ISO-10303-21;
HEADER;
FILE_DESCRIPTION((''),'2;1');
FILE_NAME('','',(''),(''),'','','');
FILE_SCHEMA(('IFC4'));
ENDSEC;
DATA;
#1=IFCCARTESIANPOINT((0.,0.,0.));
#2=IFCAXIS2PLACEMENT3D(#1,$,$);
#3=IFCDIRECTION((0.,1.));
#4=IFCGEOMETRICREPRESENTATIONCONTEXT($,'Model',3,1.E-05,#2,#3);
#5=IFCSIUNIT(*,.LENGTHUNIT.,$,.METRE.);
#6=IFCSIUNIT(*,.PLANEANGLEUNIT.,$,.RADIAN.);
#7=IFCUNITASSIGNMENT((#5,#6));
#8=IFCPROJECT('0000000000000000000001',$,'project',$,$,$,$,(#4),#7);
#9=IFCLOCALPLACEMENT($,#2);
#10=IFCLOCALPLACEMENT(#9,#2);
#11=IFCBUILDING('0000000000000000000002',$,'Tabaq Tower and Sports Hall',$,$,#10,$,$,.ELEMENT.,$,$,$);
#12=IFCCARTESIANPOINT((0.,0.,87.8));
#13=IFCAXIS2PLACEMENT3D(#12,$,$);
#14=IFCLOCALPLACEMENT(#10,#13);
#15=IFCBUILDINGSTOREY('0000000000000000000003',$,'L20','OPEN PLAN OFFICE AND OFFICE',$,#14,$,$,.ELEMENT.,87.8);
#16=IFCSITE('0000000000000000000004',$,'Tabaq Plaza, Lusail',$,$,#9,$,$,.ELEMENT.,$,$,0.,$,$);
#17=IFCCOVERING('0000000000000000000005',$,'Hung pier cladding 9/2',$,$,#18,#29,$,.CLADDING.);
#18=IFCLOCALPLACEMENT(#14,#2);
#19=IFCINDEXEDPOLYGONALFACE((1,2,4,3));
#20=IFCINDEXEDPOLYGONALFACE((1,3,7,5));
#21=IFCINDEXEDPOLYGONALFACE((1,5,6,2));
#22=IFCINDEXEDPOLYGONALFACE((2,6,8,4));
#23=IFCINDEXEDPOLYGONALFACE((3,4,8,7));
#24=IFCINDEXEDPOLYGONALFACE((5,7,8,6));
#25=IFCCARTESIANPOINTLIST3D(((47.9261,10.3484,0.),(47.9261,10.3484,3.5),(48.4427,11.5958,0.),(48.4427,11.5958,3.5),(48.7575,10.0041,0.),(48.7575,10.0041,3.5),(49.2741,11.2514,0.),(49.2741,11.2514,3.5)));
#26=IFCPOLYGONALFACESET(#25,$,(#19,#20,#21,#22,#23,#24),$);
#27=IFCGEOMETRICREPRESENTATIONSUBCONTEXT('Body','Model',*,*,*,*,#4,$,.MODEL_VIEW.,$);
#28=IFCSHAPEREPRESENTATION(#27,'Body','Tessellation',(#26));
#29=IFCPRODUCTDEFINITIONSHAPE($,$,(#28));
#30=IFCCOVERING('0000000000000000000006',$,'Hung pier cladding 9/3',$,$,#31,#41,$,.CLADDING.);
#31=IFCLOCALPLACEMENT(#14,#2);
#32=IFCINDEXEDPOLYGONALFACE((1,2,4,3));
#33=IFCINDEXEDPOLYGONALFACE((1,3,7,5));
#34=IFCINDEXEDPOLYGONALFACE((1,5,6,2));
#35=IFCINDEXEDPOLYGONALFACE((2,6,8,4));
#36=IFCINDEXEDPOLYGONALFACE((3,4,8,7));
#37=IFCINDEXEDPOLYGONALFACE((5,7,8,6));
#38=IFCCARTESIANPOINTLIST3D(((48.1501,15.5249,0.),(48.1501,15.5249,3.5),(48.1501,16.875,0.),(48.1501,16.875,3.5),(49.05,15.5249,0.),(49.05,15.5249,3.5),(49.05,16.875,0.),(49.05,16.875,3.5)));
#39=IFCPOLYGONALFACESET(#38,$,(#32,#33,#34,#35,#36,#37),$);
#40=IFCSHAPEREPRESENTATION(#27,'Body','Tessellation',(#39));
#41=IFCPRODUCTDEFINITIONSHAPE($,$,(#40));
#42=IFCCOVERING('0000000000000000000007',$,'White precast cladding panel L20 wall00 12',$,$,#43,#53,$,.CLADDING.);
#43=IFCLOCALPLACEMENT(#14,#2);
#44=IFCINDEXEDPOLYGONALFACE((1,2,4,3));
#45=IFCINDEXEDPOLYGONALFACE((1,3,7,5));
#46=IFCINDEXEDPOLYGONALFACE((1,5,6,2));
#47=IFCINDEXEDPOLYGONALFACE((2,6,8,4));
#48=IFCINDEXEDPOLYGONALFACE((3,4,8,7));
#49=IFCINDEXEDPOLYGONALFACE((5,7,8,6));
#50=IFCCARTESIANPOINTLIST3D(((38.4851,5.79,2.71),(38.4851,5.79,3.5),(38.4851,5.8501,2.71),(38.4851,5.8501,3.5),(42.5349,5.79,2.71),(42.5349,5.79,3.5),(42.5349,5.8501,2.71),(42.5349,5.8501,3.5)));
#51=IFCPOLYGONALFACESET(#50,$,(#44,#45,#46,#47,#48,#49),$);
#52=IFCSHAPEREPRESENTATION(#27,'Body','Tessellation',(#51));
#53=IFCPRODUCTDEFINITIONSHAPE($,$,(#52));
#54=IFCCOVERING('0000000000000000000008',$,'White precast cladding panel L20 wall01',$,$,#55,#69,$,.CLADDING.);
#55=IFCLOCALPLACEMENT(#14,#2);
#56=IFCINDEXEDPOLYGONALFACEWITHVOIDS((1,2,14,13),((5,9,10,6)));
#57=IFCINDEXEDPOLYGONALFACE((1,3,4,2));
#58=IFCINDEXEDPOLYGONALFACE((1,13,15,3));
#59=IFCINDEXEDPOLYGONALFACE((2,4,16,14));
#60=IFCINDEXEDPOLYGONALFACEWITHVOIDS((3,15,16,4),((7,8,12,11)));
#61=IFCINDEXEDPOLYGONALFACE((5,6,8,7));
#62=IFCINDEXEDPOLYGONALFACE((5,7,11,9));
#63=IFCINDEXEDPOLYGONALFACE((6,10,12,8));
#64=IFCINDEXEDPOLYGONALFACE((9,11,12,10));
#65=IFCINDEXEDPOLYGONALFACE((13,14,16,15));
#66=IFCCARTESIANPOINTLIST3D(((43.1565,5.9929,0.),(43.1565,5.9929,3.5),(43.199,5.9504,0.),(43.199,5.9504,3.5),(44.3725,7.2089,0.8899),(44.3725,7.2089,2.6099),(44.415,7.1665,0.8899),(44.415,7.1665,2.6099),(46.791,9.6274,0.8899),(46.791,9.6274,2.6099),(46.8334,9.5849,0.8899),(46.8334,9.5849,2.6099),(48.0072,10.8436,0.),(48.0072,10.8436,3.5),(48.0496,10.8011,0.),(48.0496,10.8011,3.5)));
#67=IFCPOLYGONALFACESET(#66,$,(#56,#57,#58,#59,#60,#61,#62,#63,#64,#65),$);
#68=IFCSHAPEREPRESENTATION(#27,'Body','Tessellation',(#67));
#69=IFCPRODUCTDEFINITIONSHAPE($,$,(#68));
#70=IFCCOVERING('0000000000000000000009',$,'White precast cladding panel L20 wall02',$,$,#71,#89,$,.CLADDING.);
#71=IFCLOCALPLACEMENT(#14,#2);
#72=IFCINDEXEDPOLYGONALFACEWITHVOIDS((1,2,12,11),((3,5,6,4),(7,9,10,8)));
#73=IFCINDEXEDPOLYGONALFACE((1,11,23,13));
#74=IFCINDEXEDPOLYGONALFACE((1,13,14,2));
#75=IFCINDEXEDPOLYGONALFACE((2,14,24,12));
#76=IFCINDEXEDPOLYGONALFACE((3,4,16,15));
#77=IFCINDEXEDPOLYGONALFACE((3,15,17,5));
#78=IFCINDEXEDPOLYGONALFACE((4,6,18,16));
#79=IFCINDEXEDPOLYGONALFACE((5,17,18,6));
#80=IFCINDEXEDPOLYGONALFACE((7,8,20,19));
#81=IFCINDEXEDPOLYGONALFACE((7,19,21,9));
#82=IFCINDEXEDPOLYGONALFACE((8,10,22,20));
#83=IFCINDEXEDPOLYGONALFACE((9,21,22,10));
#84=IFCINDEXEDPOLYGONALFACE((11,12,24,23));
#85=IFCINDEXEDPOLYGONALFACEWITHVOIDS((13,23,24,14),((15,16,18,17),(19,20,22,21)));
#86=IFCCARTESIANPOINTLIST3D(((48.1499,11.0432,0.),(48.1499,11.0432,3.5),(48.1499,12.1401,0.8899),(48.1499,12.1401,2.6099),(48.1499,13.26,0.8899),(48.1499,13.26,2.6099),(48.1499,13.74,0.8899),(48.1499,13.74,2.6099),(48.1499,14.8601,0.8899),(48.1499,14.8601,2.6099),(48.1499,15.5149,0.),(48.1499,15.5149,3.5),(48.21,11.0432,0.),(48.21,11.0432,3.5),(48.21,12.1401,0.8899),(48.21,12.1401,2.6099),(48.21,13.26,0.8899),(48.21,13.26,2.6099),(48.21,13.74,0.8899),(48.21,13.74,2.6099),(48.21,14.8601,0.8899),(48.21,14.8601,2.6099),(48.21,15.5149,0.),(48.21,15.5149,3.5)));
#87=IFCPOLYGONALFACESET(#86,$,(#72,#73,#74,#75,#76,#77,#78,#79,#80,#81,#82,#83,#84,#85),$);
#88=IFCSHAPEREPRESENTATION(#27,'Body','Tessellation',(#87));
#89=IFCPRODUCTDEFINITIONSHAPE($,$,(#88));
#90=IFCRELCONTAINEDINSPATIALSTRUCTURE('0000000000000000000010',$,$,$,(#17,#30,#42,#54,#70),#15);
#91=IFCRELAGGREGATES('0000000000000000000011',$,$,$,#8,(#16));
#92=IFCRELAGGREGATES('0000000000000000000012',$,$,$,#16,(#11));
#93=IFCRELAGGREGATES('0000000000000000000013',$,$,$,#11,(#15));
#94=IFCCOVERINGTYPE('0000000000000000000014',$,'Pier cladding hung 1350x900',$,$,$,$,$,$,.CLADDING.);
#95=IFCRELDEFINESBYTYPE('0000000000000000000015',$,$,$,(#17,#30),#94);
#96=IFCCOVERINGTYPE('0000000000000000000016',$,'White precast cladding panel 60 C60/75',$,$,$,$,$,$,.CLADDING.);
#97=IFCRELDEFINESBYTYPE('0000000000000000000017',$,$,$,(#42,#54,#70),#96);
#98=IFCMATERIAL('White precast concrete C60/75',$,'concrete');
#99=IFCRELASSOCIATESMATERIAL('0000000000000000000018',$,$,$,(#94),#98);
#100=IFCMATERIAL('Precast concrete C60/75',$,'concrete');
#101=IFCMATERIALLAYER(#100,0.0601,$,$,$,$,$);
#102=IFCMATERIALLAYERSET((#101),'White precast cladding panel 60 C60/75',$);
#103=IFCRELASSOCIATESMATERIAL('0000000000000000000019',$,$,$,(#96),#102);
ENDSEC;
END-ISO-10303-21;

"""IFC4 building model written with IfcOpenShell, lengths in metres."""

from ifc_helpers import new_model, si_unit, direction, frame, frame_2d, origin, place, context, subcontext, project, spatial, polyline, rectangle, outline, extrude, material, layer, layer_set, type_object, element, save


model = new_model("IFC4")

# Units and contexts
model_context = context("Model", 3, precision=1e-05, world=origin(), true_north=direction((0.0, 1.0)))
body_context = subcontext(model_context, "Body", "Model", "MODEL_VIEW")
ifc_project = project(units=[si_unit("LENGTHUNIT", "METRE"), si_unit("PLANEANGLEUNIT", "RADIAN")], contexts=[model_context])

# Site, building, storey
site_placement = place(None, origin())
site = spatial("IfcSite", under=ifc_project, at=site_placement, Name="Tabaq Plaza, Lusail", CompositionType="ELEMENT", RefElevation=0.0)
building_placement = place(site_placement, origin())
building = spatial("IfcBuilding", under=site, at=building_placement, Name="Tabaq Tower and Sports Hall", CompositionType="ELEMENT")
storey_placement = place(building_placement, frame((0.0, 0.0, 87.8)))
storey = spatial("IfcBuildingStorey", under=building, at=storey_placement, Name="L20", Description="OPEN PLAN OFFICE AND OFFICE", CompositionType="ELEMENT", Elevation=87.8)

# Coverings
ifc_material_1 = material(Name="White precast concrete C60/75", Category="concrete")
covering_type_1 = type_object("IfcCoveringType", Name="Pier cladding hung 1350x900", PredefinedType="CLADDING", material=ifc_material_1)
for number, where, z_axis, x_axis, name in (
    (1, (48.3418, 10.1763, 0.0), (0.0, 0.0, 1.0), (0.38265, 0.923893, 0.0), "Hung pier cladding 9/2"),
    (2, (48.6001, 15.5249, 0.0), (0.0, 0.0, 1.0), (0.0, 1.0, 0.0), "Hung pier cladding 9/3"),
):
    element("IfcCovering", number, at=place(storey_placement, frame(where, z_axis=z_axis, x_axis=x_axis)), inside=storey, type_object=covering_type_1, Name=name, PredefinedType="CLADDING", context=body_context, shape_type="SweptSolid", body=[
        extrude(rectangle(XDim=1.3501, YDim=0.8999, at=frame_2d((0.675, 0.0))), origin(), (0.0, 0.0, 1.0), 3.5),
    ])
ifc_material_2 = material(Name="Precast concrete C60/75", Category="concrete")
ifc_layer_1 = layer(ifc_material_2, 0.0601)
ifc_layer_set_1 = layer_set([ifc_layer_1], Name="White precast cladding panel 60 C60/75")
covering_type_2 = type_object("IfcCoveringType", Name="White precast cladding panel 60 C60/75", PredefinedType="CLADDING", material=ifc_layer_set_1)
covering_1_placement = place(storey_placement, frame((38.4851, 5.8201, 2.71), z_axis=(0.0, 0.0, 1.0), x_axis=(1.0, 0.0, 0.0)))
element("IfcCovering", 3, at=covering_1_placement, inside=storey, type_object=covering_type_2, Name="White precast cladding panel L20 wall00 12", PredefinedType="CLADDING", context=body_context, shape_type="SweptSolid", body=[
    extrude(rectangle(XDim=4.0498, YDim=0.0601, at=frame_2d((2.0249, 0.0))), origin(), (0.0, 0.0, 1.0), 0.79),
])
covering_2_placement = place(storey_placement, frame((43.1777, 5.9717, 0.0), z_axis=(0.0, 0.0, 1.0), x_axis=(0.707107, 0.707107, 0.0)))
element("IfcCovering", 4, at=covering_2_placement, inside=storey, type_object=covering_type_2, Name="White precast cladding panel L20 wall01", PredefinedType="CLADDING", context=body_context, shape_type="SweptSolid", body=[
    extrude(outline(polyline([(0.0, 0.0), (6.8599, 0.0), (6.8599, 3.5), (0.0, 3.5), (0.0, 0.0)]), holes=[polyline([(1.7197, 0.8899), (1.7197, 2.6099), (5.1399, 2.6099), (5.1399, 0.8899), (1.7197, 0.8899)])]), frame((0.0, 0.03, 0.0), z_axis=(0.0, -1.0, 0.0), x_axis=(1.0, 0.0, 0.0)), (0.0, 0.0, 1.0), 0.0601),
])
covering_3_placement = place(storey_placement, frame((48.1799, 11.0432, 0.0), z_axis=(0.0, 0.0, 1.0), x_axis=(0.0, 1.0, 0.0)))
element("IfcCovering", 5, at=covering_3_placement, inside=storey, type_object=covering_type_2, Name="White precast cladding panel L20 wall02", PredefinedType="CLADDING", context=body_context, shape_type="SweptSolid", body=[
    extrude(outline(polyline([(0.0, 0.0), (4.4717, 0.0), (4.4717, 3.5), (0.0, 3.5), (0.0, 0.0)]), holes=[polyline([(1.0969, 2.6099), (2.2168, 2.6099), (2.2168, 0.8899), (1.0969, 0.8899), (1.0969, 2.6099)]), polyline([(2.6968, 2.6099), (3.8169, 2.6099), (3.8169, 0.8899), (2.6968, 0.8899), (2.6968, 2.6099)])]), frame((0.0, 0.03, 0.0), z_axis=(0.0, -1.0, 0.0), x_axis=(1.0, 0.0, 0.0)), (0.0, 0.0, 1.0), 0.0601),
])

save(model, "model.ifc")
